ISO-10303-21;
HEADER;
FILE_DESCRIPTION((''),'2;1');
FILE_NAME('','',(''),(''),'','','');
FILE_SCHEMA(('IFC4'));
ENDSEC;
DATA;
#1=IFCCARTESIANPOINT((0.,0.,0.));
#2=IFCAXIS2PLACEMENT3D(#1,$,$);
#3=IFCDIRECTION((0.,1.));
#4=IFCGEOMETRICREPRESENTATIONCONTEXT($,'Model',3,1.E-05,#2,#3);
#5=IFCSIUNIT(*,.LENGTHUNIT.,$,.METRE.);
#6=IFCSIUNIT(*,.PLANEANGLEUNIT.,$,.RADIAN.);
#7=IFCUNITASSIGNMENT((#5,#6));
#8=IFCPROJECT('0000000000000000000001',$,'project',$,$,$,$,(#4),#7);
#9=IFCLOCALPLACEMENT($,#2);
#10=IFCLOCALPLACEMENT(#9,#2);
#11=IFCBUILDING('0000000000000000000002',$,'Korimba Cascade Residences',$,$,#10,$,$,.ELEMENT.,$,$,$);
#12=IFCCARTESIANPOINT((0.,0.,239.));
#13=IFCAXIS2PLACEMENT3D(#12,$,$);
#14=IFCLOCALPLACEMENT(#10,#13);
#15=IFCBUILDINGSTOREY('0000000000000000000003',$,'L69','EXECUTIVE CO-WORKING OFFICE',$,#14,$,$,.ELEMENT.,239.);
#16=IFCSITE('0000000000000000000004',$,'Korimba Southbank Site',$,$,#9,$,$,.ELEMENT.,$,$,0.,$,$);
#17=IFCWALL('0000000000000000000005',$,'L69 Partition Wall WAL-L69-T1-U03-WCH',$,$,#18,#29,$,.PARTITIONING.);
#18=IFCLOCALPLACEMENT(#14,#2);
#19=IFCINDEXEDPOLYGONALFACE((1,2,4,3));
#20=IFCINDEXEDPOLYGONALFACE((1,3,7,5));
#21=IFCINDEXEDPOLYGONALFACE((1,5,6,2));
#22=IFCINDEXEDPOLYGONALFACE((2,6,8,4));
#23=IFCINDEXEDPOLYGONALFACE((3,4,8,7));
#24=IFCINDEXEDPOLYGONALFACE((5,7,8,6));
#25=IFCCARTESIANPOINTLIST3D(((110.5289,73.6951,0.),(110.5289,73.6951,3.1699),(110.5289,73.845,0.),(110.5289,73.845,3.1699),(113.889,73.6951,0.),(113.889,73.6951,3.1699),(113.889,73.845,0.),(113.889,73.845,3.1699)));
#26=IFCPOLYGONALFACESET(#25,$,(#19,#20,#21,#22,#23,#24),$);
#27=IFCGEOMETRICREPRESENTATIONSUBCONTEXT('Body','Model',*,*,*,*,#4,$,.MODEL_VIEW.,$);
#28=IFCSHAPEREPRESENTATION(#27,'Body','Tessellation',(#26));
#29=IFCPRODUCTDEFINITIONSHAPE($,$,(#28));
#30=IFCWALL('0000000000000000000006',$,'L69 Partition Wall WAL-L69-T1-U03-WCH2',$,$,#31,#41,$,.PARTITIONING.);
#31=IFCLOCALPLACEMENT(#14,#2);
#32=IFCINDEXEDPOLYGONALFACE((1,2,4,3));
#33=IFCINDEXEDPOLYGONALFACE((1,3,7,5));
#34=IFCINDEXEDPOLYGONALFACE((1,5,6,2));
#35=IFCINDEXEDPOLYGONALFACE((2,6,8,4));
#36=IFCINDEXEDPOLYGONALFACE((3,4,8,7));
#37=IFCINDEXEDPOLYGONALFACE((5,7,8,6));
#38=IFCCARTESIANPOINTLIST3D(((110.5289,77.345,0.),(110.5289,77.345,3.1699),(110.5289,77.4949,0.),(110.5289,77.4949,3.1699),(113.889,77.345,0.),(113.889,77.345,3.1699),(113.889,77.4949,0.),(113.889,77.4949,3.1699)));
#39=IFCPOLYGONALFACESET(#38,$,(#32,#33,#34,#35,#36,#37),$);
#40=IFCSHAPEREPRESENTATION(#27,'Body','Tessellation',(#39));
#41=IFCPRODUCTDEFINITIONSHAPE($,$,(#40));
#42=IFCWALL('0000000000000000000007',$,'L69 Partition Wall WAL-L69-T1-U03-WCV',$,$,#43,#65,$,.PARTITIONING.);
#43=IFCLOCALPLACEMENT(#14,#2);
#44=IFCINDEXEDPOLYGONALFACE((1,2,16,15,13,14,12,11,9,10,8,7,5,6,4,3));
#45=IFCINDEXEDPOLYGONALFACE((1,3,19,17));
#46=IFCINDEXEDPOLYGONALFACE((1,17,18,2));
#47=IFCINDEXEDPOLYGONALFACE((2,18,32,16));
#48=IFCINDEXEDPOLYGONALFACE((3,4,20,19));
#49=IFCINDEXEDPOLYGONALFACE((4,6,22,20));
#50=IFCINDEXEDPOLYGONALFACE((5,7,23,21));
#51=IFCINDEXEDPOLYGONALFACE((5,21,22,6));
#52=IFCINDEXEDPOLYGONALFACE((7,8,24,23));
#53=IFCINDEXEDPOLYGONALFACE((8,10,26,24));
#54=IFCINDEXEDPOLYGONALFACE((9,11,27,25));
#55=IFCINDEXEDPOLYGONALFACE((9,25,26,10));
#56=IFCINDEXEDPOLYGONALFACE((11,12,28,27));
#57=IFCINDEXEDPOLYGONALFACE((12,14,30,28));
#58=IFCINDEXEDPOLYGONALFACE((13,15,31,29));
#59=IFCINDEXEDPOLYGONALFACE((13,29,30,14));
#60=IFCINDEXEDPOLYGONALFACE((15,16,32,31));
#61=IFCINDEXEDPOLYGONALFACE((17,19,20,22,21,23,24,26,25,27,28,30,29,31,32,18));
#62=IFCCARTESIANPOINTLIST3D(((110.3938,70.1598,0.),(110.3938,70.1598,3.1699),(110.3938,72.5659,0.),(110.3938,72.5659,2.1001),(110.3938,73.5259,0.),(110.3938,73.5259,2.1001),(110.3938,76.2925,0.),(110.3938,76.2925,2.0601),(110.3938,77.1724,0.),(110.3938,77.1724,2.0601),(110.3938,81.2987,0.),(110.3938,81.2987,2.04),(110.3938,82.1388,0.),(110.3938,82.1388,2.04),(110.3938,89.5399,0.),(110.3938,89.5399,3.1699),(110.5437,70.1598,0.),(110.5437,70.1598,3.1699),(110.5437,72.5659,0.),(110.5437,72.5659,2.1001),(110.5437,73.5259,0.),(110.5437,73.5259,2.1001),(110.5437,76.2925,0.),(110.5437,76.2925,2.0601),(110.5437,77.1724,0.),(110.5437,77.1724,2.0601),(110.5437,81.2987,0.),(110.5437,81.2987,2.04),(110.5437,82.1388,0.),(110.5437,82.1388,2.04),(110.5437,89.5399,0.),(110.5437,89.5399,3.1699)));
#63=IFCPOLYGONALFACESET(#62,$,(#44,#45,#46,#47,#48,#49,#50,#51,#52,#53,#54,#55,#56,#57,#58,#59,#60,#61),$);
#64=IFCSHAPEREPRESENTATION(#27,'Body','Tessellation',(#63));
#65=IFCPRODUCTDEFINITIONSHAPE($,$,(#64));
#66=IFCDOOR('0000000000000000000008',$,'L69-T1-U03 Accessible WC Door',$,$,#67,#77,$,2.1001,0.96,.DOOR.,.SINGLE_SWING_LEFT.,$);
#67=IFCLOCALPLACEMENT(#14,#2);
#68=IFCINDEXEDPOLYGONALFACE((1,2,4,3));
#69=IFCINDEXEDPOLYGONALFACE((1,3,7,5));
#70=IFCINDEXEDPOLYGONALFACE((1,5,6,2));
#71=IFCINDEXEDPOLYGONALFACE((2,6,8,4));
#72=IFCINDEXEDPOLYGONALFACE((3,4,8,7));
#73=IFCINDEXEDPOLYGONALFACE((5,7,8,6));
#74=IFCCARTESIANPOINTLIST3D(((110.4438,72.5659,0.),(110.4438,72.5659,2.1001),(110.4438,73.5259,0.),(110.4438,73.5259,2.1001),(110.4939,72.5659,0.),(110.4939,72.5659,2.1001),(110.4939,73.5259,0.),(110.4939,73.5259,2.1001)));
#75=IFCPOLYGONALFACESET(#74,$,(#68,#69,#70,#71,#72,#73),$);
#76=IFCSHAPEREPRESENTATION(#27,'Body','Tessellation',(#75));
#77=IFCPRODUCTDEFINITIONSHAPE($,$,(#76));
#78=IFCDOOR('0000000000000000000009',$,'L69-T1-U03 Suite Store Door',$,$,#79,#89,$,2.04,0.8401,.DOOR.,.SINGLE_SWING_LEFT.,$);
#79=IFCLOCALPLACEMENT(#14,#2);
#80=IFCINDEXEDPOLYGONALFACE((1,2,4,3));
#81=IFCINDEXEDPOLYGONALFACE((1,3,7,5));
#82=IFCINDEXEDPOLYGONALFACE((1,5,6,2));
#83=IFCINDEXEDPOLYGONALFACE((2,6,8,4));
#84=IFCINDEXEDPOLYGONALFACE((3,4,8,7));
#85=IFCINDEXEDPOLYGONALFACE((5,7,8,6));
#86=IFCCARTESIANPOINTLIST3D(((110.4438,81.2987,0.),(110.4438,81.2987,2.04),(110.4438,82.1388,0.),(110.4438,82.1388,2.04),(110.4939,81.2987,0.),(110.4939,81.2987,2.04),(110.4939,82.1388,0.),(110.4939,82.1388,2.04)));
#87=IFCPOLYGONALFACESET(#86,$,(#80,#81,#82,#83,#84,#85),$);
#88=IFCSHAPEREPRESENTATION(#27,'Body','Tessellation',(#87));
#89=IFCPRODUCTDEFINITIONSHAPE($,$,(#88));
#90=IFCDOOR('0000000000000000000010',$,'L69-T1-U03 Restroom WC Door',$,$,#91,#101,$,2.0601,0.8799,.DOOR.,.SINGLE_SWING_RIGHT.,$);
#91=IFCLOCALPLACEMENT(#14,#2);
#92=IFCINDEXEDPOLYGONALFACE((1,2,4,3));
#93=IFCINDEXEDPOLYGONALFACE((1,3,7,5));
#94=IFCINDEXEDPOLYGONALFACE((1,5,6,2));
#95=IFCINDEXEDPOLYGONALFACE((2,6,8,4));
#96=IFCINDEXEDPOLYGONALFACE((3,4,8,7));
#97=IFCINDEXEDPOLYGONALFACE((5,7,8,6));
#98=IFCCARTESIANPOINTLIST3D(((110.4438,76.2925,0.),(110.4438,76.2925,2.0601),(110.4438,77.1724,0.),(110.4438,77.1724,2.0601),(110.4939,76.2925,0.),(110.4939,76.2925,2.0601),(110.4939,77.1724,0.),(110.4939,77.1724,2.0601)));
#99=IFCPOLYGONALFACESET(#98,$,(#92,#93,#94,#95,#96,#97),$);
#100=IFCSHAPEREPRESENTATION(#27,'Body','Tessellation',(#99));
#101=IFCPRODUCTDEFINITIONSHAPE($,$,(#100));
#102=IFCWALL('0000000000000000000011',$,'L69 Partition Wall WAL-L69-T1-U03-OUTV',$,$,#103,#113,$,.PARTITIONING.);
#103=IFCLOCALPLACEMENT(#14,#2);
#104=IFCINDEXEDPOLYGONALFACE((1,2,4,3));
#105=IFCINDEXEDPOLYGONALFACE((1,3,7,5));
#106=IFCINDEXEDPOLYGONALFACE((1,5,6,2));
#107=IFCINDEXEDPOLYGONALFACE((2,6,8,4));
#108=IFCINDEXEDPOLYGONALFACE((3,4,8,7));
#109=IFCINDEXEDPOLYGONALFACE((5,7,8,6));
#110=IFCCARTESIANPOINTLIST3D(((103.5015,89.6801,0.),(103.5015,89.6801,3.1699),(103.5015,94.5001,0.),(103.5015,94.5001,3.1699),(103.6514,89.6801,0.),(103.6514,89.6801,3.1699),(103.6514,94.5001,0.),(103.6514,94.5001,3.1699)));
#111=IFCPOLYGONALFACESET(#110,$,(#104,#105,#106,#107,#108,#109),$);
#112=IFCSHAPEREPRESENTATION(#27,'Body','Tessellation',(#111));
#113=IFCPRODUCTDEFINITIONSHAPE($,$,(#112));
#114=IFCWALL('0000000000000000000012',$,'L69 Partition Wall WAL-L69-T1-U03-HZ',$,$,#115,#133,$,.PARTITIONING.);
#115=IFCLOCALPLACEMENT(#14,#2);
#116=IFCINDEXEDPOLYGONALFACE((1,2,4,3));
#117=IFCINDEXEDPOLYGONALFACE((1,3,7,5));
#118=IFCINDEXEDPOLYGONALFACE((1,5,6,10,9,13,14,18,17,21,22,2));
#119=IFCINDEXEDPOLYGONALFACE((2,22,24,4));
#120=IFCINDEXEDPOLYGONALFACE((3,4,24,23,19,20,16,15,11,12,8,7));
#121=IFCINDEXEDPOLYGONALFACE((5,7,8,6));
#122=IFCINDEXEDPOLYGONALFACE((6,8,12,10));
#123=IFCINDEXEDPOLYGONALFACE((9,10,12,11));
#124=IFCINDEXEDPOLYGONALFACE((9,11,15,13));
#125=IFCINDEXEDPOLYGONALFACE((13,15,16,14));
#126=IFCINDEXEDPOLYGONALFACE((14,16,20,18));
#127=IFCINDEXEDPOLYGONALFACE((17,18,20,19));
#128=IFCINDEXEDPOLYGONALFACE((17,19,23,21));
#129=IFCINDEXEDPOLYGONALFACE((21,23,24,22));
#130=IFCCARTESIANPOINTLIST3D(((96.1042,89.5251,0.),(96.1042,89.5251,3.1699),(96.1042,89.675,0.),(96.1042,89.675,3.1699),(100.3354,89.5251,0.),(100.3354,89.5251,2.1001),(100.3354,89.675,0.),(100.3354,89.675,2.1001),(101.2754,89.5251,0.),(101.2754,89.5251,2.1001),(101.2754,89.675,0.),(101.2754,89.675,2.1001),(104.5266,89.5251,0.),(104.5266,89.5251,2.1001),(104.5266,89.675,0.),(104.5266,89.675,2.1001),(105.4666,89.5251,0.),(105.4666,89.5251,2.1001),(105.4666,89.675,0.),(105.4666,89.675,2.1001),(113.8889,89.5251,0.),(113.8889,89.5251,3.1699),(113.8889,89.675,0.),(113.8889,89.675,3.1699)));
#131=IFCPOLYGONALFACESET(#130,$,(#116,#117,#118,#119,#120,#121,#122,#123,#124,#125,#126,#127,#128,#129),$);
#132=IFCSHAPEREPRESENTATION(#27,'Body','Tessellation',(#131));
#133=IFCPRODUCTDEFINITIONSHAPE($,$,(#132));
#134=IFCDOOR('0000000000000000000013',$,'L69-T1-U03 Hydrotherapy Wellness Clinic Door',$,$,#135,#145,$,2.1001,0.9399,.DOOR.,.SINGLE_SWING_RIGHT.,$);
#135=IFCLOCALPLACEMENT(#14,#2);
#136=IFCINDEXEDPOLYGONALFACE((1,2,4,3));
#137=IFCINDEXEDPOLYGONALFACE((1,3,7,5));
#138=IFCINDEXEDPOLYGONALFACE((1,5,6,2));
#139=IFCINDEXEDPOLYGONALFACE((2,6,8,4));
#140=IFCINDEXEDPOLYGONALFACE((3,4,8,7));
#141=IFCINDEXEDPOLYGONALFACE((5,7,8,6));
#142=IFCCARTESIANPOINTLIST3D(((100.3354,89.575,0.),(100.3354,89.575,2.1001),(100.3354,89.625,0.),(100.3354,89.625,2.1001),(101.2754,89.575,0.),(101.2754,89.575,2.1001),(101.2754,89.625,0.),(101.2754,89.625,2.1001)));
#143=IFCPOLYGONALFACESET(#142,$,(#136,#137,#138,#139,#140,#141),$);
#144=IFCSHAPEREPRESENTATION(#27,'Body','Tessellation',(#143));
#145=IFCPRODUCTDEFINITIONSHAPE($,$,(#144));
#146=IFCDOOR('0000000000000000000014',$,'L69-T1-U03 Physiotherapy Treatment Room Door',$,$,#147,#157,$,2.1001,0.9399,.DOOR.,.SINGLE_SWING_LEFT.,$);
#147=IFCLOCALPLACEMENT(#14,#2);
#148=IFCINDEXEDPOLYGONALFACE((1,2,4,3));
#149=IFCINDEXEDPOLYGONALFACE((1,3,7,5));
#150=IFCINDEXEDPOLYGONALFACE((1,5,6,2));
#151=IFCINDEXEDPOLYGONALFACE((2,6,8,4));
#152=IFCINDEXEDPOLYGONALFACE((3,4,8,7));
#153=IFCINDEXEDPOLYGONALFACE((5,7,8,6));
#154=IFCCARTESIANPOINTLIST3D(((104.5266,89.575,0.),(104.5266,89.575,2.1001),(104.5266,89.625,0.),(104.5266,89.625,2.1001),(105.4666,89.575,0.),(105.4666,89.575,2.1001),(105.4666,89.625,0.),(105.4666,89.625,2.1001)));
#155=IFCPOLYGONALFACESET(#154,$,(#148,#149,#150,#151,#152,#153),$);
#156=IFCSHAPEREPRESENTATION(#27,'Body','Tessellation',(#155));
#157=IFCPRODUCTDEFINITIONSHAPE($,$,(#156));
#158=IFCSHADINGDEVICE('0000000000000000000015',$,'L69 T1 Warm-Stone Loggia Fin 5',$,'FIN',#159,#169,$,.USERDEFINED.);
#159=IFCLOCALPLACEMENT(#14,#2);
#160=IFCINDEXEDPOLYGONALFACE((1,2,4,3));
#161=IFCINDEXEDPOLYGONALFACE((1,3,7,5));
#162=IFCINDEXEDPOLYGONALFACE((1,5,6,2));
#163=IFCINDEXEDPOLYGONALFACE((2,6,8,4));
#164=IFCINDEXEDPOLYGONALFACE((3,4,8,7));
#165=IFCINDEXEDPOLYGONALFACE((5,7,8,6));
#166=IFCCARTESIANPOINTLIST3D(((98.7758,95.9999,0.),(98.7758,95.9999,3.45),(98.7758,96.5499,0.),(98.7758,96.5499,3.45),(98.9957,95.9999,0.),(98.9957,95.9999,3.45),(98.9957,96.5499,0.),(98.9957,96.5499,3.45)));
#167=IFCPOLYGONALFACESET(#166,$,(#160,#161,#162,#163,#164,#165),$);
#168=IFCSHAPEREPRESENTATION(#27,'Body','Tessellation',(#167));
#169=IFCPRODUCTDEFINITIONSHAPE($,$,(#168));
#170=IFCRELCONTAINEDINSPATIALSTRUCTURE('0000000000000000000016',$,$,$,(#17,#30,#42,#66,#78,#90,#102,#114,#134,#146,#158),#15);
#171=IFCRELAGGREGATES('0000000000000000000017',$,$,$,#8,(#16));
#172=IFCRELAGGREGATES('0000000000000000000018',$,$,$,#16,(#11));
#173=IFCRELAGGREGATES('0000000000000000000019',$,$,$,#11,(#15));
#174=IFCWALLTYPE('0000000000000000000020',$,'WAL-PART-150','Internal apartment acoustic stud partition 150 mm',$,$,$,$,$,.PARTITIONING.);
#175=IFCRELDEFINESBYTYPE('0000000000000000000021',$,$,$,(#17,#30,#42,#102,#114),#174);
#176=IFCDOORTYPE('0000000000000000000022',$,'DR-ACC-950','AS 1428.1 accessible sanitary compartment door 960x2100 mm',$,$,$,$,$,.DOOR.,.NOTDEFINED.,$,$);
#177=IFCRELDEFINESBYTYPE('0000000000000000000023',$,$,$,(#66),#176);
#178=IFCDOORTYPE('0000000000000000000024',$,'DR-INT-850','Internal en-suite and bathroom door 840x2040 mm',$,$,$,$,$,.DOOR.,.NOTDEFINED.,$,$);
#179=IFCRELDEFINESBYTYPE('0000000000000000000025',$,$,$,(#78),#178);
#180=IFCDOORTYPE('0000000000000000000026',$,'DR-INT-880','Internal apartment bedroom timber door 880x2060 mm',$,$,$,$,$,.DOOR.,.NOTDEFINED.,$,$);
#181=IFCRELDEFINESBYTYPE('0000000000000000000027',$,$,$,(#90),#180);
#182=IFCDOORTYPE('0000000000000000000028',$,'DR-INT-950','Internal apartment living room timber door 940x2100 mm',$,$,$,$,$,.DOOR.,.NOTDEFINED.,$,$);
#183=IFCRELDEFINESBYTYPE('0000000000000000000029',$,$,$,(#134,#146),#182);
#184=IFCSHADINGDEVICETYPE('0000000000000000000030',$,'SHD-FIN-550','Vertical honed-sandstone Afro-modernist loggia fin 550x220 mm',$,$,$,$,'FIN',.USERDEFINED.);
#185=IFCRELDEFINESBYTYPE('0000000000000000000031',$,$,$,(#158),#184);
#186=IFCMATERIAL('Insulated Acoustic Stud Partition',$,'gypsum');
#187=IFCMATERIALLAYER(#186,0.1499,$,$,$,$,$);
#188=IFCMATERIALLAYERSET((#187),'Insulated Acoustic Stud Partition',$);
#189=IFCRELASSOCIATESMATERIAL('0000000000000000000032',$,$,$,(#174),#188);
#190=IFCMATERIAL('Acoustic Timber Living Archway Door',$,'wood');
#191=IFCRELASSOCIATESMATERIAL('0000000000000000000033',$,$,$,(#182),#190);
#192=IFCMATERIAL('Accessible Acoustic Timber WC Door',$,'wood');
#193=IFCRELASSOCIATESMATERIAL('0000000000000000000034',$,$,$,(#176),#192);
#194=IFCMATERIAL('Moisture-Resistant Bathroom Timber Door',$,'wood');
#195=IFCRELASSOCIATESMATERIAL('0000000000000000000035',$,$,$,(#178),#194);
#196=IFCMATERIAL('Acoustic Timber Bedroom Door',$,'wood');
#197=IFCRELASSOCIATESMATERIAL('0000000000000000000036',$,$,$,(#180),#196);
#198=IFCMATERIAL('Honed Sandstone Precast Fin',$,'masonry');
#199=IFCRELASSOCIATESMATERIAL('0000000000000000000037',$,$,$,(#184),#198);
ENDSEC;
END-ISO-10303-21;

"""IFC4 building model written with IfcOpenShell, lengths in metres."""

from ifc_helpers import new_model, si_unit, direction, frame, frame_2d, origin, origin_2d, place, context, subcontext, project, spatial, rectangle, extrude, material, layer, layer_set, type_object, element, fill, save


model = new_model("IFC4")

# Units and contexts
model_context = context("Model", 3, precision=1e-05, world=origin(), true_north=direction((0.0, 1.0)))
body_context = subcontext(model_context, "Body", "Model", "MODEL_VIEW")
ifc_project = project(units=[si_unit("LENGTHUNIT", "METRE"), si_unit("PLANEANGLEUNIT", "RADIAN")], contexts=[model_context])

# Site, building, storey
site_placement = place(None, origin())
site = spatial("IfcSite", under=ifc_project, at=site_placement, Name="Korimba Southbank Site", CompositionType="ELEMENT", RefElevation=0.0)
building_placement = place(site_placement, origin())
building = spatial("IfcBuilding", under=site, at=building_placement, Name="Korimba Cascade Residences", CompositionType="ELEMENT")
storey_placement = place(building_placement, frame((0.0, 0.0, 239.0)))
storey = spatial("IfcBuildingStorey", under=building, at=storey_placement, Name="L69", Description="EXECUTIVE CO-WORKING OFFICE", CompositionType="ELEMENT", Elevation=239.0)

# Shared definitions
ifc_material_1 = material(Name="Insulated Acoustic Stud Partition", Category="gypsum")
ifc_layer_1 = layer(ifc_material_1, 0.1499)
ifc_layer_set_1 = layer_set([ifc_layer_1], Name="Insulated Acoustic Stud Partition")
wall_type_1 = type_object("IfcWallType", Name="WAL-PART-150", Description="Internal apartment acoustic stud partition 150 mm", PredefinedType="PARTITIONING", material=ifc_layer_set_1)
ifc_material_2 = material(Name="Acoustic Timber Living Archway Door", Category="wood")
door_type_1 = type_object("IfcDoorType", Name="DR-INT-950", Description="Internal apartment living room timber door 940x2100 mm", OperationType="NOTDEFINED", PredefinedType="DOOR", material=ifc_material_2)

# Walls
for number, where, z_axis, x_axis, name in (
    (1, (110.5288, 73.77, 0.0), (0.0, 0.0, 1.0), (1.0, 0.0, 0.0), "L69 Partition Wall WAL-L69-T1-U03-WCH"),
    (2, (110.5288, 77.4199, 0.0), (0.0, 0.0, 1.0), (1.0, 0.0, 0.0), "L69 Partition Wall WAL-L69-T1-U03-WCH2"),
):
    element("IfcWall", number, at=place(storey_placement, frame(where, z_axis=z_axis, x_axis=x_axis)), inside=storey, type_object=wall_type_1, Name=name, PredefinedType="PARTITIONING", context=body_context, shape_type="SweptSolid", body=[
        extrude(rectangle(XDim=3.3601, YDim=0.1499, at=frame_2d((1.6802, 0.0))), origin(), (0.0, 0.0, 1.0), 3.1699),
    ])

# Wall, openings, doors
wall_1_placement = place(storey_placement, frame((110.4688, 70.1599, 0.0), z_axis=(0.0, 0.0, 1.0), x_axis=(0.0, 1.0, 0.0)))
wall_1 = element("IfcWall", 3, at=wall_1_placement, inside=storey, type_object=wall_type_1, Name="L69 Partition Wall WAL-L69-T1-U03-WCV", PredefinedType="PARTITIONING", context=body_context, shape_type="SweptSolid", body=[
    extrude(rectangle(XDim=19.3801, YDim=0.1499, at=frame_2d((9.6899, 0.0))), origin(), (0.0, 0.0, 1.0), 3.1699),
])
opening_1_placement = place(wall_1_placement, frame((2.406, 0.0, 0.0)))
opening_1 = element("IfcOpeningElement", 4, at=opening_1_placement, cuts=wall_1, PredefinedType="OPENING", context=body_context, shape_type="SweptSolid", body=[
    extrude(rectangle(XDim=0.96, YDim=2.1001, at=frame_2d((0.48, 1.05))), frame((0.0, 0.085, 0.0), z_axis=(0.0, -1.0, 0.0), x_axis=(1.0, 0.0, 0.0)), (0.0, 0.0, 1.0), 0.1699),
])
opening_2_placement = place(wall_1_placement, frame((6.1326, 0.0, 0.0)))
opening_2 = element("IfcOpeningElement", 5, at=opening_2_placement, cuts=wall_1, PredefinedType="OPENING", context=body_context, shape_type="SweptSolid", body=[
    extrude(rectangle(XDim=0.8799, YDim=2.0601, at=frame_2d((0.4399, 1.03))), frame((0.0, 0.085, 0.0), z_axis=(0.0, -1.0, 0.0), x_axis=(1.0, 0.0, 0.0)), (0.0, 0.0, 1.0), 0.1699),
])
opening_3_placement = place(wall_1_placement, frame((11.1389, 0.0, 0.0)))
opening_3 = element("IfcOpeningElement", 6, at=opening_3_placement, cuts=wall_1, PredefinedType="OPENING", context=body_context, shape_type="SweptSolid", body=[
    extrude(rectangle(XDim=0.8401, YDim=2.04, at=frame_2d((0.4199, 1.02))), frame((0.0, 0.085, 0.0), z_axis=(0.0, -1.0, 0.0), x_axis=(1.0, 0.0, 0.0)), (0.0, 0.0, 1.0), 0.1699),
])
ifc_material_3 = material(Name="Accessible Acoustic Timber WC Door", Category="wood")
door_type_2 = type_object("IfcDoorType", Name="DR-ACC-950", Description="AS 1428.1 accessible sanitary compartment door 960x2100 mm", OperationType="NOTDEFINED", PredefinedType="DOOR", material=ifc_material_3)
door_1_placement = place(opening_1_placement, origin())
door_1 = element("IfcDoor", 7, at=door_1_placement, inside=storey, type_object=door_type_2, Name="L69-T1-U03 Accessible WC Door", OperationType="SINGLE_SWING_LEFT", OverallHeight=2.1001, OverallWidth=0.96, PredefinedType="DOOR", context=body_context, shape_type="SweptSolid", body=[
    extrude(rectangle(XDim=0.96, YDim=2.1001, at=frame_2d((0.48, 1.05))), frame((0.0, 0.0249, 0.0), z_axis=(0.0, -1.0, 0.0), x_axis=(1.0, 0.0, 0.0)), (0.0, 0.0, 1.0), 0.05),
])
fill(opening_1, door_1)
ifc_material_4 = material(Name="Moisture-Resistant Bathroom Timber Door", Category="wood")
door_type_3 = type_object("IfcDoorType", Name="DR-INT-850", Description="Internal en-suite and bathroom door 840x2040 mm", OperationType="NOTDEFINED", PredefinedType="DOOR", material=ifc_material_4)
door_2_placement = place(opening_3_placement, origin())
door_2 = element("IfcDoor", 8, at=door_2_placement, inside=storey, type_object=door_type_3, Name="L69-T1-U03 Suite Store Door", OperationType="SINGLE_SWING_LEFT", OverallHeight=2.04, OverallWidth=0.8401, PredefinedType="DOOR", context=body_context, shape_type="SweptSolid", body=[
    extrude(rectangle(XDim=0.8401, YDim=2.04, at=frame_2d((0.4199, 1.02))), frame((0.0, 0.0249, 0.0), z_axis=(0.0, -1.0, 0.0), x_axis=(1.0, 0.0, 0.0)), (0.0, 0.0, 1.0), 0.05),
])
fill(opening_3, door_2)
ifc_material_5 = material(Name="Acoustic Timber Bedroom Door", Category="wood")
door_type_4 = type_object("IfcDoorType", Name="DR-INT-880", Description="Internal apartment bedroom timber door 880x2060 mm", OperationType="NOTDEFINED", PredefinedType="DOOR", material=ifc_material_5)
door_3_placement = place(opening_2_placement, origin())
door_3 = element("IfcDoor", 9, at=door_3_placement, inside=storey, type_object=door_type_4, Name="L69-T1-U03 Restroom WC Door", OperationType="SINGLE_SWING_RIGHT", OverallHeight=2.0601, OverallWidth=0.8799, PredefinedType="DOOR", context=body_context, shape_type="SweptSolid", body=[
    extrude(rectangle(XDim=0.8799, YDim=2.0601, at=frame_2d((0.4399, 1.03))), frame((0.0, 0.0249, 0.0), z_axis=(0.0, -1.0, 0.0), x_axis=(1.0, 0.0, 0.0)), (0.0, 0.0, 1.0), 0.05),
])
fill(opening_2, door_3)

# Wall
wall_2_placement = place(storey_placement, frame((103.5764, 89.6799, 0.0), z_axis=(0.0, 0.0, 1.0), x_axis=(0.0, 1.0, 0.0)))
element("IfcWall", 10, at=wall_2_placement, inside=storey, type_object=wall_type_1, Name="L69 Partition Wall WAL-L69-T1-U03-OUTV", PredefinedType="PARTITIONING", context=body_context, shape_type="SweptSolid", body=[
    extrude(rectangle(XDim=4.8201, YDim=0.1499, at=frame_2d((2.4102, 0.0))), origin(), (0.0, 0.0, 1.0), 3.1699),
])

# Wall, openings, doors
wall_3_placement = place(storey_placement, frame((96.1042, 89.6001, 0.0), z_axis=(0.0, 0.0, 1.0), x_axis=(1.0, 0.0, 0.0)))
wall_3 = element("IfcWall", 11, at=wall_3_placement, inside=storey, type_object=wall_type_1, Name="L69 Partition Wall WAL-L69-T1-U03-HZ", PredefinedType="PARTITIONING", context=body_context, shape_type="SweptSolid", body=[
    extrude(rectangle(XDim=17.7847, YDim=0.1499, at=frame_2d((8.8923, 0.0))), origin(), (0.0, 0.0, 1.0), 3.1699),
])
opening_4_placement = place(wall_3_placement, frame((4.2312, 0.0, 0.0)))
opening_4 = element("IfcOpeningElement", 12, at=opening_4_placement, cuts=wall_3, PredefinedType="OPENING", context=body_context, shape_type="SweptSolid", body=[
    extrude(rectangle(XDim=0.9399, YDim=2.1001, at=frame_2d((0.47, 1.05))), frame((0.0, 0.085, 0.0), z_axis=(0.0, -1.0, 0.0), x_axis=(1.0, 0.0, 0.0)), (0.0, 0.0, 1.0), 0.1699),
])
opening_5_placement = place(wall_3_placement, frame((8.4224, 0.0, 0.0)))
opening_5 = element("IfcOpeningElement", 13, at=opening_5_placement, cuts=wall_3, PredefinedType="OPENING", context=body_context, shape_type="SweptSolid", body=[
    extrude(rectangle(XDim=0.9399, YDim=2.1001, at=frame_2d((0.47, 1.05))), frame((0.0, 0.085, 0.0), z_axis=(0.0, -1.0, 0.0), x_axis=(1.0, 0.0, 0.0)), (0.0, 0.0, 1.0), 0.1699),
])
door_4_placement = place(opening_4_placement, origin())
door_4 = element("IfcDoor", 14, at=door_4_placement, inside=storey, type_object=door_type_1, Name="L69-T1-U03 Hydrotherapy Wellness Clinic Door", OperationType="SINGLE_SWING_RIGHT", OverallHeight=2.1001, OverallWidth=0.9399, PredefinedType="DOOR", context=body_context, shape_type="SweptSolid", body=[
    extrude(rectangle(XDim=0.9399, YDim=2.1001, at=frame_2d((0.47, 1.05))), frame((0.0, 0.0249, 0.0), z_axis=(0.0, -1.0, 0.0), x_axis=(1.0, 0.0, 0.0)), (0.0, 0.0, 1.0), 0.05),
])
fill(opening_4, door_4)
door_5_placement = place(opening_5_placement, origin())
door_5 = element("IfcDoor", 15, at=door_5_placement, inside=storey, type_object=door_type_1, Name="L69-T1-U03 Physiotherapy Treatment Room Door", OperationType="SINGLE_SWING_LEFT", OverallHeight=2.1001, OverallWidth=0.9399, PredefinedType="DOOR", context=body_context, shape_type="SweptSolid", body=[
    extrude(rectangle(XDim=0.9399, YDim=2.1001, at=frame_2d((0.47, 1.05))), frame((0.0, 0.0249, 0.0), z_axis=(0.0, -1.0, 0.0), x_axis=(1.0, 0.0, 0.0)), (0.0, 0.0, 1.0), 0.05),
])
fill(opening_5, door_5)

# Shading device
ifc_material_6 = material(Name="Honed Sandstone Precast Fin", Category="masonry")
shading_device_type = type_object("IfcShadingDeviceType", Name="SHD-FIN-550", Description="Vertical honed-sandstone Afro-modernist loggia fin 550x220 mm", ElementType="FIN", PredefinedType="USERDEFINED", material=ifc_material_6)
for number, where, z_axis, x_axis, name in (
    (16, (98.8857, 96.2749, 0.0), (0.0, 0.0, 1.0), (1.0, 0.0, 0.0), "L69 T1 Warm-Stone Loggia Fin 5"),
):
    element("IfcShadingDevice", number, at=place(storey_placement, frame(where, z_axis=z_axis, x_axis=x_axis)), inside=storey, type_object=shading_device_type, Name=name, ObjectType="FIN", PredefinedType="USERDEFINED", context=body_context, shape_type="SweptSolid", body=[
        extrude(rectangle(XDim=0.22, YDim=0.55, at=origin_2d()), origin(), (0.0, 0.0, 1.0), 3.45),
    ])

save(model, "model.ifc")
